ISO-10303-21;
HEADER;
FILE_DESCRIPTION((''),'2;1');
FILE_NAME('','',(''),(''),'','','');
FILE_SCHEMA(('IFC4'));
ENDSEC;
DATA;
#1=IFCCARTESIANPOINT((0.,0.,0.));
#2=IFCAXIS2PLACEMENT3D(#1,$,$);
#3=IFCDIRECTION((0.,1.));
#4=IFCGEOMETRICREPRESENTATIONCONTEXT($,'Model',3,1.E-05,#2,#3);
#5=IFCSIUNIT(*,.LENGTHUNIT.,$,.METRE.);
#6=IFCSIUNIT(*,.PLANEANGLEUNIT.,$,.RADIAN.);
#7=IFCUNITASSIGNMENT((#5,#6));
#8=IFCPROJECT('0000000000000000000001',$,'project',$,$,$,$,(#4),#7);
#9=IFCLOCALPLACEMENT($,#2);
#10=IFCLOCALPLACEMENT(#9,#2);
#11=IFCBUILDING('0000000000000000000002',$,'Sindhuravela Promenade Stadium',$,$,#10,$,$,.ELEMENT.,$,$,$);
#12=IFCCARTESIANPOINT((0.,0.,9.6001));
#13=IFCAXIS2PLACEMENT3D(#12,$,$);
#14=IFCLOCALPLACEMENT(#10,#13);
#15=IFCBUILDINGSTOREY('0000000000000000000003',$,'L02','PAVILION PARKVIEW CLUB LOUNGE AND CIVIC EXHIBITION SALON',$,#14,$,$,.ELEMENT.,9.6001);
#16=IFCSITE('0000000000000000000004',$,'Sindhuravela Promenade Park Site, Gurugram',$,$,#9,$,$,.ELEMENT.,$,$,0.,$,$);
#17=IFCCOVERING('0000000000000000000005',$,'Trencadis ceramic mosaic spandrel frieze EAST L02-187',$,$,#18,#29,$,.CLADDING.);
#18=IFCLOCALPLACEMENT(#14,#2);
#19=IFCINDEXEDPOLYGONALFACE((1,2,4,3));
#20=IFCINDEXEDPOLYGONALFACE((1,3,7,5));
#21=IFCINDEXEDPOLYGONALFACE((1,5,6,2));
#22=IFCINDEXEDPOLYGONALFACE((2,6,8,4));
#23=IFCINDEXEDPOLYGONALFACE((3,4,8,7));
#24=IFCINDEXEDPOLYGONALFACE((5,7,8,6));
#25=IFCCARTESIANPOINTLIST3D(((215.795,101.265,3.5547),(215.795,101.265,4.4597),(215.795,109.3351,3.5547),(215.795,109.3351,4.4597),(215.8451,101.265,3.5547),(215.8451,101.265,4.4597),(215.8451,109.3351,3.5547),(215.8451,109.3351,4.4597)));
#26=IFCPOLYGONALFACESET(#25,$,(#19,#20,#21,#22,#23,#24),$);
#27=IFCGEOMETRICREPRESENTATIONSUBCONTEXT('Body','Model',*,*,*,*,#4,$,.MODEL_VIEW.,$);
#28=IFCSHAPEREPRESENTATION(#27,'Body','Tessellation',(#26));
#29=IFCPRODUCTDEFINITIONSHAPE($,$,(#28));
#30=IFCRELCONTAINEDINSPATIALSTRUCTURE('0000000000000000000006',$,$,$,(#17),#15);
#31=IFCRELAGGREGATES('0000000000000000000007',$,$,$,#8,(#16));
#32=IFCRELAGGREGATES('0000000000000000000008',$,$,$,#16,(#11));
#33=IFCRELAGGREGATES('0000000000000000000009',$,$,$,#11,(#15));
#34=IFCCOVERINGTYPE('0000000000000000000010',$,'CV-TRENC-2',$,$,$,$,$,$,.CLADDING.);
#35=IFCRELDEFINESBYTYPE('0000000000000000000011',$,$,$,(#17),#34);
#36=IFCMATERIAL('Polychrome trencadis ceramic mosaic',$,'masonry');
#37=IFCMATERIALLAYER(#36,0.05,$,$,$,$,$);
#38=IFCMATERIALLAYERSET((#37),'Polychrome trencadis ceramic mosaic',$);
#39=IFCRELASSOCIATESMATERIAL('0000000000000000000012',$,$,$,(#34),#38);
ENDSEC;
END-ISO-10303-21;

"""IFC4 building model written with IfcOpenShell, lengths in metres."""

from ifc_helpers import new_model, si_unit, direction, frame, origin, origin_2d, place, context, subcontext, project, spatial, rectangle, extrude, material, layer, layer_set, type_object, element, save


model = new_model("IFC4")

# Units and contexts
model_context = context("Model", 3, precision=1e-05, world=origin(), true_north=direction((0.0, 1.0)))
body_context = subcontext(model_context, "Body", "Model", "MODEL_VIEW")
ifc_project = project(units=[si_unit("LENGTHUNIT", "METRE"), si_unit("PLANEANGLEUNIT", "RADIAN")], contexts=[model_context])

# Site, building, storey
site_placement = place(None, origin())
site = spatial("IfcSite", under=ifc_project, at=site_placement, Name="Sindhuravela Promenade Park Site, Gurugram", CompositionType="ELEMENT", RefElevation=0.0)
building_placement = place(site_placement, origin())
building = spatial("IfcBuilding", under=site, at=building_placement, Name="Sindhuravela Promenade Stadium", CompositionType="ELEMENT")
storey_placement = place(building_placement, frame((0.0, 0.0, 9.6001)))
storey = spatial("IfcBuildingStorey", under=building, at=storey_placement, Name="L02", Description="PAVILION PARKVIEW CLUB LOUNGE AND CIVIC EXHIBITION SALON", CompositionType="ELEMENT", Elevation=9.6001)

# Covering
ifc_material_1 = material(Name="Polychrome trencadis ceramic mosaic", Category="masonry")
ifc_layer_1 = layer(ifc_material_1, 0.05)
ifc_layer_set_1 = layer_set([ifc_layer_1], Name="Polychrome trencadis ceramic mosaic")
covering_type = type_object("IfcCoveringType", Name="CV-TRENC-2", PredefinedType="CLADDING", material=ifc_layer_set_1)
covering_placement = place(storey_placement, frame((215.8201, 105.3, 3.5547), z_axis=(0.0, 0.0, 1.0), x_axis=(0.0, -1.0, 0.0)))
element("IfcCovering", 1, at=covering_placement, inside=storey, type_object=covering_type, Name="Trencadis ceramic mosaic spandrel frieze EAST L02-187", PredefinedType="CLADDING", context=body_context, shape_type="SweptSolid", body=[
    extrude(rectangle(XDim=8.0701, YDim=0.05, at=origin_2d()), origin(), (0.0, 0.0, 1.0), 0.905),
])

save(model, "model.ifc")
